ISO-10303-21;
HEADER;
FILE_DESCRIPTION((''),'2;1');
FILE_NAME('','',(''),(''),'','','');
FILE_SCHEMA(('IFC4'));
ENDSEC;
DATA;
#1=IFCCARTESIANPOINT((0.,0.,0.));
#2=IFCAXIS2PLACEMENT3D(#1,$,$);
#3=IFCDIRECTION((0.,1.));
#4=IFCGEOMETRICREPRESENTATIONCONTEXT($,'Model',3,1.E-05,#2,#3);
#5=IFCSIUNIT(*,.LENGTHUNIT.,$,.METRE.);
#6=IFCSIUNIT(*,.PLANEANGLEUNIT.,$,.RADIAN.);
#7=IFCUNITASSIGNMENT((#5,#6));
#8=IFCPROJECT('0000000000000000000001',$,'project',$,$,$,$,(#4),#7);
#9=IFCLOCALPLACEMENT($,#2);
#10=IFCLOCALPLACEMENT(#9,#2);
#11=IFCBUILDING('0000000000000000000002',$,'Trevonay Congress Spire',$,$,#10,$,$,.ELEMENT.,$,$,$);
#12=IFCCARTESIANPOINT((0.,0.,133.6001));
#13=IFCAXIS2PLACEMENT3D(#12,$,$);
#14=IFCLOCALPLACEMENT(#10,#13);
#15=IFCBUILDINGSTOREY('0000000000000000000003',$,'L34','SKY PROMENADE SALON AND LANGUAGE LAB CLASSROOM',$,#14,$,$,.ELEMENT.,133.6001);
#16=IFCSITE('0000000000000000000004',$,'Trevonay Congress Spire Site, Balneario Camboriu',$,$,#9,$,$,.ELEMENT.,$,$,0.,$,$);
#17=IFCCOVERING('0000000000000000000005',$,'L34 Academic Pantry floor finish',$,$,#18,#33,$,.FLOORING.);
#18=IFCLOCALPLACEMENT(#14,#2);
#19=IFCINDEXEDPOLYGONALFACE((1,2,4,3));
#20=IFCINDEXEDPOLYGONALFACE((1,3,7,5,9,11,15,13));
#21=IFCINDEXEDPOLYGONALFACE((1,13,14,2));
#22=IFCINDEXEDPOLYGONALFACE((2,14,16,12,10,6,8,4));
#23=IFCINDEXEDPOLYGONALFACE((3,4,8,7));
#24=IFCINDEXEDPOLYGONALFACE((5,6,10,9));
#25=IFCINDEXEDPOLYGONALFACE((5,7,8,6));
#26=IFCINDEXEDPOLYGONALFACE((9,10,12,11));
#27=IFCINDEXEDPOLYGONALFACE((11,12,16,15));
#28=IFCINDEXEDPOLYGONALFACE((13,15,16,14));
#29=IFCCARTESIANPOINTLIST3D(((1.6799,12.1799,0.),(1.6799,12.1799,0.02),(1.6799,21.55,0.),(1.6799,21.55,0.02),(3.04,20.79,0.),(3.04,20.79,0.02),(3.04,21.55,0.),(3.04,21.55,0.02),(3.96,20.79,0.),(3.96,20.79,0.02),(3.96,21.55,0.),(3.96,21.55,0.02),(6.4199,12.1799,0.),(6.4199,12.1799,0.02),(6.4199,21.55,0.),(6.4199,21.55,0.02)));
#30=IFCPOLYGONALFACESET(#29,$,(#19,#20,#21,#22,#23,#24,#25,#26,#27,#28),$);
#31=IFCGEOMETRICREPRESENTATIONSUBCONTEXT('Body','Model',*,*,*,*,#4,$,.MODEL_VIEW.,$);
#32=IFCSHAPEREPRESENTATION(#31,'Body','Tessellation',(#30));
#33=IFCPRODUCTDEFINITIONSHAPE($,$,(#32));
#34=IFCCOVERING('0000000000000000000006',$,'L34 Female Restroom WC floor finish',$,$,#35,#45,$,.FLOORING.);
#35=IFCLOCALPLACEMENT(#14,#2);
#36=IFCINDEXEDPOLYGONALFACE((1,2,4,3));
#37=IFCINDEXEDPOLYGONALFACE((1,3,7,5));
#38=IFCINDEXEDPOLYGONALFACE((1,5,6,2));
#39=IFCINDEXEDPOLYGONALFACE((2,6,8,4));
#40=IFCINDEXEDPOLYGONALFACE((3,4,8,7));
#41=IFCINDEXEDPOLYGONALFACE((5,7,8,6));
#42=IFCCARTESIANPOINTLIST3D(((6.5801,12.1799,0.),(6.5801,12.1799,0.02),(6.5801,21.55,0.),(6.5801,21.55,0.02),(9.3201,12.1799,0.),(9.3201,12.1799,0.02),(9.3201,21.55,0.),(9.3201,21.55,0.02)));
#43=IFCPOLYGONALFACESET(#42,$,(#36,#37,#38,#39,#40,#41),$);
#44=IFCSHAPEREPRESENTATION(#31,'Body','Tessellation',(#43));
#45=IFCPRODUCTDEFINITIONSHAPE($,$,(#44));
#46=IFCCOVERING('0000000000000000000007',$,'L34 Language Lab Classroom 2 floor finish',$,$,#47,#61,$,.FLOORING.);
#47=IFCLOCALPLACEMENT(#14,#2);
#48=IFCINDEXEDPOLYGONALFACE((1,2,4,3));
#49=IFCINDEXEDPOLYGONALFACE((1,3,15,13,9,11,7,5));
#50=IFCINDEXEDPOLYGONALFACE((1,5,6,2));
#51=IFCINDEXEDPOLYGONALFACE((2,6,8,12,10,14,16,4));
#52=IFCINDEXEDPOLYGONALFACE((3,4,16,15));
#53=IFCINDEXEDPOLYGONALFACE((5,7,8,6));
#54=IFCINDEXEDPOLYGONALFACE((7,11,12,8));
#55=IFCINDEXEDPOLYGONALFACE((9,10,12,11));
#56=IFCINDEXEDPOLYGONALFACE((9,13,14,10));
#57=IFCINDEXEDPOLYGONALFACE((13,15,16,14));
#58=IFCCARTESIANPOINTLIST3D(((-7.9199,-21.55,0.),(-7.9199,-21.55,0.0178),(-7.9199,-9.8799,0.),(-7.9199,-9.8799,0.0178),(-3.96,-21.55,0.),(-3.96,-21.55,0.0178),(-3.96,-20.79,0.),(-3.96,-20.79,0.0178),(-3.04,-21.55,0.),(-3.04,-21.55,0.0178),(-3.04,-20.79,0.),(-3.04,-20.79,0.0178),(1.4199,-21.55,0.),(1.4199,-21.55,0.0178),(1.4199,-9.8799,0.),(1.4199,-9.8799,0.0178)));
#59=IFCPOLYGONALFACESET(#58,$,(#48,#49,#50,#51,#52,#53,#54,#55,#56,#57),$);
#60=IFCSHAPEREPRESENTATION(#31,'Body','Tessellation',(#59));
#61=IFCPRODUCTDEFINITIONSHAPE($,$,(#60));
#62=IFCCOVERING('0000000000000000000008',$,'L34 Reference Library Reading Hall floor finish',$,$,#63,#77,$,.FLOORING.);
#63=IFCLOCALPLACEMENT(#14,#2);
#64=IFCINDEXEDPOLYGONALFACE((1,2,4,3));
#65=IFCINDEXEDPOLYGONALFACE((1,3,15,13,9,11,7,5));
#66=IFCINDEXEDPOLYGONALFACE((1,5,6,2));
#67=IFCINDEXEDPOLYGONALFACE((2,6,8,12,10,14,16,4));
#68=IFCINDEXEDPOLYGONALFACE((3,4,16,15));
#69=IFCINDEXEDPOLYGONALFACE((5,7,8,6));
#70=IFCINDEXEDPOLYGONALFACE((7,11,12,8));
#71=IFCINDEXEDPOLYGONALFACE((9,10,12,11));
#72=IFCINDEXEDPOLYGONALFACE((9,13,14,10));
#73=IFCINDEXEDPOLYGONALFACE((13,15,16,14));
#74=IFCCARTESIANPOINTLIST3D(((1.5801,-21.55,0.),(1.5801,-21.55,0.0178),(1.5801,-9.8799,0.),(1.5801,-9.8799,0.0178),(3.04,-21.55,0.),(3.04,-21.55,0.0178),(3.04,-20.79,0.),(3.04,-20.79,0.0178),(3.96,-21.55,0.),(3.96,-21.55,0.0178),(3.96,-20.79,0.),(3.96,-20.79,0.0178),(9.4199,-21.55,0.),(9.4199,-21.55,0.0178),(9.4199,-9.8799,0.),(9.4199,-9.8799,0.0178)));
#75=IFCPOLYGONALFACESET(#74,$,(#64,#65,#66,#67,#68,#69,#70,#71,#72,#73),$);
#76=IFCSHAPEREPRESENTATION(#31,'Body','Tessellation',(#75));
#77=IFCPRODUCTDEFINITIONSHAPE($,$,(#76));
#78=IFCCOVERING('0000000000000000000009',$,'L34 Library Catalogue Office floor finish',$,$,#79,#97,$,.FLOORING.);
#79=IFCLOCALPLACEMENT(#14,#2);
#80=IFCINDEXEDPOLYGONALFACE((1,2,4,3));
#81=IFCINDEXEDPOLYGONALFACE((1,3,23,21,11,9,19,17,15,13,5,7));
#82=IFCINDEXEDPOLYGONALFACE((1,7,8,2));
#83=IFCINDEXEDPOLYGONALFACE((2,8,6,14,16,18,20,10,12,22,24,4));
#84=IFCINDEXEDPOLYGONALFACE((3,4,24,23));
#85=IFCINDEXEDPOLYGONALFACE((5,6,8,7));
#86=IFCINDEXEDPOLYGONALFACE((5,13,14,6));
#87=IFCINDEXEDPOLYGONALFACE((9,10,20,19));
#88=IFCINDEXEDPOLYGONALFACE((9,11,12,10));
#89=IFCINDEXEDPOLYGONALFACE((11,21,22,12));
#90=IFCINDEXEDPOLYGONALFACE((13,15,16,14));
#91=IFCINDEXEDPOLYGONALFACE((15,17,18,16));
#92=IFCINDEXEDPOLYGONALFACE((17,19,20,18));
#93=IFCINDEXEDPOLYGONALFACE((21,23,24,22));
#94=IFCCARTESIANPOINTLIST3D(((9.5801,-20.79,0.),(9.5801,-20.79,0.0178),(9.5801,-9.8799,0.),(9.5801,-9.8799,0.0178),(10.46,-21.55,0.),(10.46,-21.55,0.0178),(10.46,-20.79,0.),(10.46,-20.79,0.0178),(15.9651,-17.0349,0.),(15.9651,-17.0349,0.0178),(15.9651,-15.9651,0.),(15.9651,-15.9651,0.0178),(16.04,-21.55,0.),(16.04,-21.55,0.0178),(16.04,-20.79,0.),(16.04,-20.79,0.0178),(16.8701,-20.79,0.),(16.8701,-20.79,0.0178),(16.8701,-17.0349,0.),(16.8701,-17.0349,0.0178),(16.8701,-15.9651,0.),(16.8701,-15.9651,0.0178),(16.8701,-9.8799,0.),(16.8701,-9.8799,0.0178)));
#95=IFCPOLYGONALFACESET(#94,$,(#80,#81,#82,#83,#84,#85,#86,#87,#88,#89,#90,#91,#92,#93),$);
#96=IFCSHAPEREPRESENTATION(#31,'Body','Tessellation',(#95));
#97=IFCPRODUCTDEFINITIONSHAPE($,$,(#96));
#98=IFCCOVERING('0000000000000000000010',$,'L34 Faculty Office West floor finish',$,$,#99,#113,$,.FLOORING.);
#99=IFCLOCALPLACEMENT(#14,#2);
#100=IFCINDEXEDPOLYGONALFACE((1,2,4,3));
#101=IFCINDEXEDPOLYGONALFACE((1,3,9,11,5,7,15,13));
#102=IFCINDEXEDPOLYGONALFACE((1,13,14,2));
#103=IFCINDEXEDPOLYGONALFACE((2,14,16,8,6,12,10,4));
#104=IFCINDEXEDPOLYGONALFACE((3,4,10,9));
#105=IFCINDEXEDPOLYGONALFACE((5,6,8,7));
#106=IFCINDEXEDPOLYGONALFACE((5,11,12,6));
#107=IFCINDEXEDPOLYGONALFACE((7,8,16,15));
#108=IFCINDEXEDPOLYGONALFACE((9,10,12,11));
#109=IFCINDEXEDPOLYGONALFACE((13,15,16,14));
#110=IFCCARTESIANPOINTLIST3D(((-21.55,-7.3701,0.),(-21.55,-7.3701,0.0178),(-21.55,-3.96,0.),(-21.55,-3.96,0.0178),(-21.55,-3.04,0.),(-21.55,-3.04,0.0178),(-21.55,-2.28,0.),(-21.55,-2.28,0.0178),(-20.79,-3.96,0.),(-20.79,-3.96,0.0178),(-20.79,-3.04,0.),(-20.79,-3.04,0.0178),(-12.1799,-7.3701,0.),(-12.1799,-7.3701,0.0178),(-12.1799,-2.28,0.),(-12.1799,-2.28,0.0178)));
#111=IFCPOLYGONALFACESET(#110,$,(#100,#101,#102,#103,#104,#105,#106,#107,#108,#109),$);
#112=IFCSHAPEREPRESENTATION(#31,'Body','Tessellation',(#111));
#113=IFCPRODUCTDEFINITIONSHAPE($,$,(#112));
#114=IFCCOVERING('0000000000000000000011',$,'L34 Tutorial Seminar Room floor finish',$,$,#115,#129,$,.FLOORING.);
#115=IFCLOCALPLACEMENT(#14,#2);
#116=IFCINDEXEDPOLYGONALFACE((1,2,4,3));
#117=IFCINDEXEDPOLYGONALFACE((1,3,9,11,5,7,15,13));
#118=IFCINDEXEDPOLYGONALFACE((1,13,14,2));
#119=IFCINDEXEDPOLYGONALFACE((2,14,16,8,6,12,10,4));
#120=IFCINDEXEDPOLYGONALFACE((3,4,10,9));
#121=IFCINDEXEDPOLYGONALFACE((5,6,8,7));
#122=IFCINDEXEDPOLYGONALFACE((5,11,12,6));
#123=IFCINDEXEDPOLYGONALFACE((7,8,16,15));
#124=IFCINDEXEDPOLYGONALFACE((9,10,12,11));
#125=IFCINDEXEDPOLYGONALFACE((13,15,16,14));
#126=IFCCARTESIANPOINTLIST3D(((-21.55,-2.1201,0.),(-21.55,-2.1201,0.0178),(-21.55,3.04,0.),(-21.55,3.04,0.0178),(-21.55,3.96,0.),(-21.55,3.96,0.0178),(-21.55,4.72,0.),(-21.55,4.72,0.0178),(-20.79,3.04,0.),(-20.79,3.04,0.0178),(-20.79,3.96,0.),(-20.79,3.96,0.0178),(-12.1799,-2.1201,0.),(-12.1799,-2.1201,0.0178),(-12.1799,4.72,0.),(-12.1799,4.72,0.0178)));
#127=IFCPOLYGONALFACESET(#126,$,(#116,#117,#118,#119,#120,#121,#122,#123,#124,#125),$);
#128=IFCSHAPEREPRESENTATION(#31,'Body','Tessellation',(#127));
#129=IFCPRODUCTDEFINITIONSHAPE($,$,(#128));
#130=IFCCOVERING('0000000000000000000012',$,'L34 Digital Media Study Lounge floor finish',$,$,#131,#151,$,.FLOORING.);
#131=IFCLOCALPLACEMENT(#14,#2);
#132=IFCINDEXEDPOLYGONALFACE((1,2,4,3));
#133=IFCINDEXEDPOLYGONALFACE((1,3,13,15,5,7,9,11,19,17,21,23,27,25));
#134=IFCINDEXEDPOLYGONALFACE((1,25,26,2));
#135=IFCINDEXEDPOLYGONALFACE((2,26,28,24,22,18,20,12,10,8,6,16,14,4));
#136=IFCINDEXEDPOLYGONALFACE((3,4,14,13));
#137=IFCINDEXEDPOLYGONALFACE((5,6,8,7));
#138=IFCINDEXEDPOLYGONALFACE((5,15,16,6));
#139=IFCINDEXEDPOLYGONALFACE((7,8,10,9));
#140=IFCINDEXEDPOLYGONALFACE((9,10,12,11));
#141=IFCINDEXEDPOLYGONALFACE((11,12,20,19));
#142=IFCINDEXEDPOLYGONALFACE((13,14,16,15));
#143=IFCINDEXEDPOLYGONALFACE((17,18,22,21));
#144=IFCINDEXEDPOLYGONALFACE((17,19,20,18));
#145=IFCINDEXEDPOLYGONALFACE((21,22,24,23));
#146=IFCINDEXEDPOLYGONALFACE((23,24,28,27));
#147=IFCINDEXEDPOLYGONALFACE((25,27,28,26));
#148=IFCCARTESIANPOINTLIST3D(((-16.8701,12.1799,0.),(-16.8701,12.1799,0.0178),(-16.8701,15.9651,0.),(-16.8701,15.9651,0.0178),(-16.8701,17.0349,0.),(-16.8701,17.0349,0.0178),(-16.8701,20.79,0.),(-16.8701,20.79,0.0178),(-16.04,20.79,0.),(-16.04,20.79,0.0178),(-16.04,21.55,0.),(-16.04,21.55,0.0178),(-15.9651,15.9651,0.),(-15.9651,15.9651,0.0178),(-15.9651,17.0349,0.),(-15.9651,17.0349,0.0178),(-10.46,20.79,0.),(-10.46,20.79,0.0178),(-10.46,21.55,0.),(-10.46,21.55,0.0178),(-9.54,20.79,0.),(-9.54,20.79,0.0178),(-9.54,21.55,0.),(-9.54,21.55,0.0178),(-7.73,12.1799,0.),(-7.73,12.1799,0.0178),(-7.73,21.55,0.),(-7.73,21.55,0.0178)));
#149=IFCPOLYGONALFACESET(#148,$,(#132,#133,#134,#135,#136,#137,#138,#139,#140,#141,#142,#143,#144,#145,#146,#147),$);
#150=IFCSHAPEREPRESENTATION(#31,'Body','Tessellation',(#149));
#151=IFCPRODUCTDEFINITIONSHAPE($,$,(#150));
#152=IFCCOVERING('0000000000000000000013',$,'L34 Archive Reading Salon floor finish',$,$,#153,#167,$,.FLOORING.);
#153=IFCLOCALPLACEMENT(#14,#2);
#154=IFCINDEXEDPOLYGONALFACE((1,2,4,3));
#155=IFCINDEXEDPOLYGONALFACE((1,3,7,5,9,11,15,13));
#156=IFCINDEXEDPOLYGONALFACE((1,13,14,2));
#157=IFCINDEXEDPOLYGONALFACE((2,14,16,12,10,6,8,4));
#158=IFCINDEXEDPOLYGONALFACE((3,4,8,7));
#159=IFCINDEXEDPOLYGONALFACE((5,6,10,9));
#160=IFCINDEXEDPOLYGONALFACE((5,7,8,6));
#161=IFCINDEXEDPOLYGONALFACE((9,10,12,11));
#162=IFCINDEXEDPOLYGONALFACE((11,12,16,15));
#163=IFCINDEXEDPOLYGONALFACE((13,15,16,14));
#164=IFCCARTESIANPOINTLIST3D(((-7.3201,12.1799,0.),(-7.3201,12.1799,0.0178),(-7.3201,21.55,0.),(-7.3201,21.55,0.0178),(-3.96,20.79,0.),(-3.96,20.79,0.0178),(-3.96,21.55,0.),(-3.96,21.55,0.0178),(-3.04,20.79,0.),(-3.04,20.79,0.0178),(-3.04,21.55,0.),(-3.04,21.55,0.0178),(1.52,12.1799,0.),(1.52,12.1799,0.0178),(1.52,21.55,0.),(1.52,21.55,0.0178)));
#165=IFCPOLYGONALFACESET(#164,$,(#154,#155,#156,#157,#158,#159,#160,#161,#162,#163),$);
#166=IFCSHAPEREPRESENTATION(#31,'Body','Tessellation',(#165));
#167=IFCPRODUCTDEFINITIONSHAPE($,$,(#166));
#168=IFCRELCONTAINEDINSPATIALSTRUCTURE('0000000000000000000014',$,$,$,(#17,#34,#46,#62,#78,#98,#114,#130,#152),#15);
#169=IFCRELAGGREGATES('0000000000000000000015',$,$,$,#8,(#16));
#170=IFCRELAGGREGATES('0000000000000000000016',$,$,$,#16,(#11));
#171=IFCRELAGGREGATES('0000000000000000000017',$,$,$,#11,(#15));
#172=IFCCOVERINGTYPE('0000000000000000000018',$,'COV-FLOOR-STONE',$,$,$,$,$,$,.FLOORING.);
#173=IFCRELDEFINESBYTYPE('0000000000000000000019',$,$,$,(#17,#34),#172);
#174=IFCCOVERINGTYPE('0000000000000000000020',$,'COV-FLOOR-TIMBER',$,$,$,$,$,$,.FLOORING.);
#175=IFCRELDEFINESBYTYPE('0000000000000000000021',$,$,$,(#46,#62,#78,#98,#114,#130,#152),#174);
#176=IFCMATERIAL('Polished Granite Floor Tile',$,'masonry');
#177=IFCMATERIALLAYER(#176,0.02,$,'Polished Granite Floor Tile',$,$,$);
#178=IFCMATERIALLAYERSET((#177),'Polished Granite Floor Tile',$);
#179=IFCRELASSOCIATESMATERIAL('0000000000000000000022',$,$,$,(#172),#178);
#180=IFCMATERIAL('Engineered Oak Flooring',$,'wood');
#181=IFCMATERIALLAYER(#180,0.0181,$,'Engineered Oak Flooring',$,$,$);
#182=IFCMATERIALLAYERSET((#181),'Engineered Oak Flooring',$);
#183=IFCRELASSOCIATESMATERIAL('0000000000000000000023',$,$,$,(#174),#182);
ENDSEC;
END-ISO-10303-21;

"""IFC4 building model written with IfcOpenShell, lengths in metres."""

from ifc_helpers import new_model, si_unit, direction, frame, origin, place, context, subcontext, project, spatial, polyline, outline, extrude, material, layer, layer_set, type_object, element, save


model = new_model("IFC4")

# Units and contexts
model_context = context("Model", 3, precision=1e-05, world=origin(), true_north=direction((0.0, 1.0)))
body_context = subcontext(model_context, "Body", "Model", "MODEL_VIEW")
ifc_project = project(units=[si_unit("LENGTHUNIT", "METRE"), si_unit("PLANEANGLEUNIT", "RADIAN")], contexts=[model_context])

# Site, building, storey
site_placement = place(None, origin())
site = spatial("IfcSite", under=ifc_project, at=site_placement, Name="Trevonay Congress Spire Site, Balneario Camboriu", CompositionType="ELEMENT", RefElevation=0.0)
building_placement = place(site_placement, origin())
building = spatial("IfcBuilding", under=site, at=building_placement, Name="Trevonay Congress Spire", CompositionType="ELEMENT")
storey_placement = place(building_placement, frame((0.0, 0.0, 133.6001)))
storey = spatial("IfcBuildingStorey", under=building, at=storey_placement, Name="L34", Description="SKY PROMENADE SALON AND LANGUAGE LAB CLASSROOM", CompositionType="ELEMENT", Elevation=133.6001)

# Coverings
ifc_material_1 = material(Name="Polished Granite Floor Tile", Category="masonry")
ifc_layer_1 = layer(ifc_material_1, 0.02, Name="Polished Granite Floor Tile")
ifc_layer_set_1 = layer_set([ifc_layer_1], Name="Polished Granite Floor Tile")
covering_type_1 = type_object("IfcCoveringType", Name="COV-FLOOR-STONE", PredefinedType="FLOORING", material=ifc_layer_set_1)
covering_1_placement = place(storey_placement, origin())
element("IfcCovering", 1, at=covering_1_placement, inside=storey, type_object=covering_type_1, Name="L34 Academic Pantry floor finish", PredefinedType="FLOORING", context=body_context, shape_type="SweptSolid", body=[
    extrude(outline(polyline([(6.4199, 21.55), (6.4199, 12.1799), (1.6799, 12.1799), (1.6799, 21.55), (3.04, 21.55), (3.04, 20.79), (3.96, 20.79), (3.96, 21.55), (6.4199, 21.55)])), origin(), (0.0, 0.0, 1.0), 0.02),
])
covering_2_placement = place(storey_placement, origin())
element("IfcCovering", 2, at=covering_2_placement, inside=storey, type_object=covering_type_1, Name="L34 Female Restroom WC floor finish", PredefinedType="FLOORING", context=body_context, shape_type="SweptSolid", body=[
    extrude(outline(polyline([(6.5801, 12.1799), (9.3201, 12.1799), (9.3201, 21.55), (6.5801, 21.55), (6.5801, 12.1799)])), origin(), (0.0, 0.0, 1.0), 0.02),
])
ifc_material_2 = material(Name="Engineered Oak Flooring", Category="wood")
ifc_layer_2 = layer(ifc_material_2, 0.0181, Name="Engineered Oak Flooring")
ifc_layer_set_2 = layer_set([ifc_layer_2], Name="Engineered Oak Flooring")
covering_type_2 = type_object("IfcCoveringType", Name="COV-FLOOR-TIMBER", PredefinedType="FLOORING", material=ifc_layer_set_2)
covering_3_placement = place(storey_placement, origin())
element("IfcCovering", 3, at=covering_3_placement, inside=storey, type_object=covering_type_2, Name="L34 Language Lab Classroom 2 floor finish", PredefinedType="FLOORING", context=body_context, shape_type="SweptSolid", body=[
    extrude(outline(polyline([(-7.9199, -21.55), (-7.9199, -9.8799), (1.4199, -9.8799), (1.4199, -21.55), (-3.04, -21.55), (-3.04, -20.79), (-3.96, -20.79), (-3.96, -21.55), (-7.9199, -21.55)])), origin(), (0.0, 0.0, 1.0), 0.0178),
])
covering_4_placement = place(storey_placement, origin())
element("IfcCovering", 4, at=covering_4_placement, inside=storey, type_object=covering_type_2, Name="L34 Reference Library Reading Hall floor finish", PredefinedType="FLOORING", context=body_context, shape_type="SweptSolid", body=[
    extrude(outline(polyline([(1.5801, -21.55), (1.5801, -9.8799), (9.4199, -9.8799), (9.4199, -21.55), (3.96, -21.55), (3.96, -20.79), (3.04, -20.79), (3.04, -21.55), (1.5801, -21.55)])), origin(), (0.0, 0.0, 1.0), 0.0178),
])
covering_5_placement = place(storey_placement, origin())
element("IfcCovering", 5, at=covering_5_placement, inside=storey, type_object=covering_type_2, Name="L34 Library Catalogue Office floor finish", PredefinedType="FLOORING", context=body_context, shape_type="SweptSolid", body=[
    extrude(outline(polyline([(10.46, -21.55), (10.46, -20.79), (9.5801, -20.79), (9.5801, -9.8799), (16.8701, -9.8799), (16.8701, -15.9651), (15.9651, -15.9651), (15.9651, -17.0349), (16.8701, -17.0349), (16.8701, -20.79), (16.04, -20.79), (16.04, -21.55), (10.46, -21.55)])), origin(), (0.0, 0.0, 1.0), 0.0178),
])
covering_6_placement = place(storey_placement, origin())
element("IfcCovering", 6, at=covering_6_placement, inside=storey, type_object=covering_type_2, Name="L34 Faculty Office West floor finish", PredefinedType="FLOORING", context=body_context, shape_type="SweptSolid", body=[
    extrude(outline(polyline([(-21.55, -2.28), (-12.1799, -2.28), (-12.1799, -7.3701), (-21.55, -7.3701), (-21.55, -3.96), (-20.79, -3.96), (-20.79, -3.04), (-21.55, -3.04), (-21.55, -2.28)])), origin(), (0.0, 0.0, 1.0), 0.0178),
])
covering_7_placement = place(storey_placement, origin())
element("IfcCovering", 7, at=covering_7_placement, inside=storey, type_object=covering_type_2, Name="L34 Tutorial Seminar Room floor finish", PredefinedType="FLOORING", context=body_context, shape_type="SweptSolid", body=[
    extrude(outline(polyline([(-21.55, 4.72), (-12.1799, 4.72), (-12.1799, -2.1201), (-21.55, -2.1201), (-21.55, 3.04), (-20.79, 3.04), (-20.79, 3.96), (-21.55, 3.96), (-21.55, 4.72)])), origin(), (0.0, 0.0, 1.0), 0.0178),
])
covering_8_placement = place(storey_placement, origin())
element("IfcCovering", 8, at=covering_8_placement, inside=storey, type_object=covering_type_2, Name="L34 Digital Media Study Lounge floor finish", PredefinedType="FLOORING", context=body_context, shape_type="SweptSolid", body=[
    extrude(outline(polyline([(-7.73, 21.55), (-7.73, 12.1799), (-16.8701, 12.1799), (-16.8701, 15.9651), (-15.9651, 15.9651), (-15.9651, 17.0349), (-16.8701, 17.0349), (-16.8701, 20.79), (-16.04, 20.79), (-16.04, 21.55), (-10.46, 21.55), (-10.46, 20.79), (-9.54, 20.79), (-9.54, 21.55), (-7.73, 21.55)])), origin(), (0.0, 0.0, 1.0), 0.0178),
])
covering_9_placement = place(storey_placement, origin())
element("IfcCovering", 9, at=covering_9_placement, inside=storey, type_object=covering_type_2, Name="L34 Archive Reading Salon floor finish", PredefinedType="FLOORING", context=body_context, shape_type="SweptSolid", body=[
    extrude(outline(polyline([(1.52, 21.55), (1.52, 12.1799), (-7.3201, 12.1799), (-7.3201, 21.55), (-3.96, 21.55), (-3.96, 20.79), (-3.04, 20.79), (-3.04, 21.55), (1.52, 21.55)])), origin(), (0.0, 0.0, 1.0), 0.0178),
])

save(model, "model.ifc")
